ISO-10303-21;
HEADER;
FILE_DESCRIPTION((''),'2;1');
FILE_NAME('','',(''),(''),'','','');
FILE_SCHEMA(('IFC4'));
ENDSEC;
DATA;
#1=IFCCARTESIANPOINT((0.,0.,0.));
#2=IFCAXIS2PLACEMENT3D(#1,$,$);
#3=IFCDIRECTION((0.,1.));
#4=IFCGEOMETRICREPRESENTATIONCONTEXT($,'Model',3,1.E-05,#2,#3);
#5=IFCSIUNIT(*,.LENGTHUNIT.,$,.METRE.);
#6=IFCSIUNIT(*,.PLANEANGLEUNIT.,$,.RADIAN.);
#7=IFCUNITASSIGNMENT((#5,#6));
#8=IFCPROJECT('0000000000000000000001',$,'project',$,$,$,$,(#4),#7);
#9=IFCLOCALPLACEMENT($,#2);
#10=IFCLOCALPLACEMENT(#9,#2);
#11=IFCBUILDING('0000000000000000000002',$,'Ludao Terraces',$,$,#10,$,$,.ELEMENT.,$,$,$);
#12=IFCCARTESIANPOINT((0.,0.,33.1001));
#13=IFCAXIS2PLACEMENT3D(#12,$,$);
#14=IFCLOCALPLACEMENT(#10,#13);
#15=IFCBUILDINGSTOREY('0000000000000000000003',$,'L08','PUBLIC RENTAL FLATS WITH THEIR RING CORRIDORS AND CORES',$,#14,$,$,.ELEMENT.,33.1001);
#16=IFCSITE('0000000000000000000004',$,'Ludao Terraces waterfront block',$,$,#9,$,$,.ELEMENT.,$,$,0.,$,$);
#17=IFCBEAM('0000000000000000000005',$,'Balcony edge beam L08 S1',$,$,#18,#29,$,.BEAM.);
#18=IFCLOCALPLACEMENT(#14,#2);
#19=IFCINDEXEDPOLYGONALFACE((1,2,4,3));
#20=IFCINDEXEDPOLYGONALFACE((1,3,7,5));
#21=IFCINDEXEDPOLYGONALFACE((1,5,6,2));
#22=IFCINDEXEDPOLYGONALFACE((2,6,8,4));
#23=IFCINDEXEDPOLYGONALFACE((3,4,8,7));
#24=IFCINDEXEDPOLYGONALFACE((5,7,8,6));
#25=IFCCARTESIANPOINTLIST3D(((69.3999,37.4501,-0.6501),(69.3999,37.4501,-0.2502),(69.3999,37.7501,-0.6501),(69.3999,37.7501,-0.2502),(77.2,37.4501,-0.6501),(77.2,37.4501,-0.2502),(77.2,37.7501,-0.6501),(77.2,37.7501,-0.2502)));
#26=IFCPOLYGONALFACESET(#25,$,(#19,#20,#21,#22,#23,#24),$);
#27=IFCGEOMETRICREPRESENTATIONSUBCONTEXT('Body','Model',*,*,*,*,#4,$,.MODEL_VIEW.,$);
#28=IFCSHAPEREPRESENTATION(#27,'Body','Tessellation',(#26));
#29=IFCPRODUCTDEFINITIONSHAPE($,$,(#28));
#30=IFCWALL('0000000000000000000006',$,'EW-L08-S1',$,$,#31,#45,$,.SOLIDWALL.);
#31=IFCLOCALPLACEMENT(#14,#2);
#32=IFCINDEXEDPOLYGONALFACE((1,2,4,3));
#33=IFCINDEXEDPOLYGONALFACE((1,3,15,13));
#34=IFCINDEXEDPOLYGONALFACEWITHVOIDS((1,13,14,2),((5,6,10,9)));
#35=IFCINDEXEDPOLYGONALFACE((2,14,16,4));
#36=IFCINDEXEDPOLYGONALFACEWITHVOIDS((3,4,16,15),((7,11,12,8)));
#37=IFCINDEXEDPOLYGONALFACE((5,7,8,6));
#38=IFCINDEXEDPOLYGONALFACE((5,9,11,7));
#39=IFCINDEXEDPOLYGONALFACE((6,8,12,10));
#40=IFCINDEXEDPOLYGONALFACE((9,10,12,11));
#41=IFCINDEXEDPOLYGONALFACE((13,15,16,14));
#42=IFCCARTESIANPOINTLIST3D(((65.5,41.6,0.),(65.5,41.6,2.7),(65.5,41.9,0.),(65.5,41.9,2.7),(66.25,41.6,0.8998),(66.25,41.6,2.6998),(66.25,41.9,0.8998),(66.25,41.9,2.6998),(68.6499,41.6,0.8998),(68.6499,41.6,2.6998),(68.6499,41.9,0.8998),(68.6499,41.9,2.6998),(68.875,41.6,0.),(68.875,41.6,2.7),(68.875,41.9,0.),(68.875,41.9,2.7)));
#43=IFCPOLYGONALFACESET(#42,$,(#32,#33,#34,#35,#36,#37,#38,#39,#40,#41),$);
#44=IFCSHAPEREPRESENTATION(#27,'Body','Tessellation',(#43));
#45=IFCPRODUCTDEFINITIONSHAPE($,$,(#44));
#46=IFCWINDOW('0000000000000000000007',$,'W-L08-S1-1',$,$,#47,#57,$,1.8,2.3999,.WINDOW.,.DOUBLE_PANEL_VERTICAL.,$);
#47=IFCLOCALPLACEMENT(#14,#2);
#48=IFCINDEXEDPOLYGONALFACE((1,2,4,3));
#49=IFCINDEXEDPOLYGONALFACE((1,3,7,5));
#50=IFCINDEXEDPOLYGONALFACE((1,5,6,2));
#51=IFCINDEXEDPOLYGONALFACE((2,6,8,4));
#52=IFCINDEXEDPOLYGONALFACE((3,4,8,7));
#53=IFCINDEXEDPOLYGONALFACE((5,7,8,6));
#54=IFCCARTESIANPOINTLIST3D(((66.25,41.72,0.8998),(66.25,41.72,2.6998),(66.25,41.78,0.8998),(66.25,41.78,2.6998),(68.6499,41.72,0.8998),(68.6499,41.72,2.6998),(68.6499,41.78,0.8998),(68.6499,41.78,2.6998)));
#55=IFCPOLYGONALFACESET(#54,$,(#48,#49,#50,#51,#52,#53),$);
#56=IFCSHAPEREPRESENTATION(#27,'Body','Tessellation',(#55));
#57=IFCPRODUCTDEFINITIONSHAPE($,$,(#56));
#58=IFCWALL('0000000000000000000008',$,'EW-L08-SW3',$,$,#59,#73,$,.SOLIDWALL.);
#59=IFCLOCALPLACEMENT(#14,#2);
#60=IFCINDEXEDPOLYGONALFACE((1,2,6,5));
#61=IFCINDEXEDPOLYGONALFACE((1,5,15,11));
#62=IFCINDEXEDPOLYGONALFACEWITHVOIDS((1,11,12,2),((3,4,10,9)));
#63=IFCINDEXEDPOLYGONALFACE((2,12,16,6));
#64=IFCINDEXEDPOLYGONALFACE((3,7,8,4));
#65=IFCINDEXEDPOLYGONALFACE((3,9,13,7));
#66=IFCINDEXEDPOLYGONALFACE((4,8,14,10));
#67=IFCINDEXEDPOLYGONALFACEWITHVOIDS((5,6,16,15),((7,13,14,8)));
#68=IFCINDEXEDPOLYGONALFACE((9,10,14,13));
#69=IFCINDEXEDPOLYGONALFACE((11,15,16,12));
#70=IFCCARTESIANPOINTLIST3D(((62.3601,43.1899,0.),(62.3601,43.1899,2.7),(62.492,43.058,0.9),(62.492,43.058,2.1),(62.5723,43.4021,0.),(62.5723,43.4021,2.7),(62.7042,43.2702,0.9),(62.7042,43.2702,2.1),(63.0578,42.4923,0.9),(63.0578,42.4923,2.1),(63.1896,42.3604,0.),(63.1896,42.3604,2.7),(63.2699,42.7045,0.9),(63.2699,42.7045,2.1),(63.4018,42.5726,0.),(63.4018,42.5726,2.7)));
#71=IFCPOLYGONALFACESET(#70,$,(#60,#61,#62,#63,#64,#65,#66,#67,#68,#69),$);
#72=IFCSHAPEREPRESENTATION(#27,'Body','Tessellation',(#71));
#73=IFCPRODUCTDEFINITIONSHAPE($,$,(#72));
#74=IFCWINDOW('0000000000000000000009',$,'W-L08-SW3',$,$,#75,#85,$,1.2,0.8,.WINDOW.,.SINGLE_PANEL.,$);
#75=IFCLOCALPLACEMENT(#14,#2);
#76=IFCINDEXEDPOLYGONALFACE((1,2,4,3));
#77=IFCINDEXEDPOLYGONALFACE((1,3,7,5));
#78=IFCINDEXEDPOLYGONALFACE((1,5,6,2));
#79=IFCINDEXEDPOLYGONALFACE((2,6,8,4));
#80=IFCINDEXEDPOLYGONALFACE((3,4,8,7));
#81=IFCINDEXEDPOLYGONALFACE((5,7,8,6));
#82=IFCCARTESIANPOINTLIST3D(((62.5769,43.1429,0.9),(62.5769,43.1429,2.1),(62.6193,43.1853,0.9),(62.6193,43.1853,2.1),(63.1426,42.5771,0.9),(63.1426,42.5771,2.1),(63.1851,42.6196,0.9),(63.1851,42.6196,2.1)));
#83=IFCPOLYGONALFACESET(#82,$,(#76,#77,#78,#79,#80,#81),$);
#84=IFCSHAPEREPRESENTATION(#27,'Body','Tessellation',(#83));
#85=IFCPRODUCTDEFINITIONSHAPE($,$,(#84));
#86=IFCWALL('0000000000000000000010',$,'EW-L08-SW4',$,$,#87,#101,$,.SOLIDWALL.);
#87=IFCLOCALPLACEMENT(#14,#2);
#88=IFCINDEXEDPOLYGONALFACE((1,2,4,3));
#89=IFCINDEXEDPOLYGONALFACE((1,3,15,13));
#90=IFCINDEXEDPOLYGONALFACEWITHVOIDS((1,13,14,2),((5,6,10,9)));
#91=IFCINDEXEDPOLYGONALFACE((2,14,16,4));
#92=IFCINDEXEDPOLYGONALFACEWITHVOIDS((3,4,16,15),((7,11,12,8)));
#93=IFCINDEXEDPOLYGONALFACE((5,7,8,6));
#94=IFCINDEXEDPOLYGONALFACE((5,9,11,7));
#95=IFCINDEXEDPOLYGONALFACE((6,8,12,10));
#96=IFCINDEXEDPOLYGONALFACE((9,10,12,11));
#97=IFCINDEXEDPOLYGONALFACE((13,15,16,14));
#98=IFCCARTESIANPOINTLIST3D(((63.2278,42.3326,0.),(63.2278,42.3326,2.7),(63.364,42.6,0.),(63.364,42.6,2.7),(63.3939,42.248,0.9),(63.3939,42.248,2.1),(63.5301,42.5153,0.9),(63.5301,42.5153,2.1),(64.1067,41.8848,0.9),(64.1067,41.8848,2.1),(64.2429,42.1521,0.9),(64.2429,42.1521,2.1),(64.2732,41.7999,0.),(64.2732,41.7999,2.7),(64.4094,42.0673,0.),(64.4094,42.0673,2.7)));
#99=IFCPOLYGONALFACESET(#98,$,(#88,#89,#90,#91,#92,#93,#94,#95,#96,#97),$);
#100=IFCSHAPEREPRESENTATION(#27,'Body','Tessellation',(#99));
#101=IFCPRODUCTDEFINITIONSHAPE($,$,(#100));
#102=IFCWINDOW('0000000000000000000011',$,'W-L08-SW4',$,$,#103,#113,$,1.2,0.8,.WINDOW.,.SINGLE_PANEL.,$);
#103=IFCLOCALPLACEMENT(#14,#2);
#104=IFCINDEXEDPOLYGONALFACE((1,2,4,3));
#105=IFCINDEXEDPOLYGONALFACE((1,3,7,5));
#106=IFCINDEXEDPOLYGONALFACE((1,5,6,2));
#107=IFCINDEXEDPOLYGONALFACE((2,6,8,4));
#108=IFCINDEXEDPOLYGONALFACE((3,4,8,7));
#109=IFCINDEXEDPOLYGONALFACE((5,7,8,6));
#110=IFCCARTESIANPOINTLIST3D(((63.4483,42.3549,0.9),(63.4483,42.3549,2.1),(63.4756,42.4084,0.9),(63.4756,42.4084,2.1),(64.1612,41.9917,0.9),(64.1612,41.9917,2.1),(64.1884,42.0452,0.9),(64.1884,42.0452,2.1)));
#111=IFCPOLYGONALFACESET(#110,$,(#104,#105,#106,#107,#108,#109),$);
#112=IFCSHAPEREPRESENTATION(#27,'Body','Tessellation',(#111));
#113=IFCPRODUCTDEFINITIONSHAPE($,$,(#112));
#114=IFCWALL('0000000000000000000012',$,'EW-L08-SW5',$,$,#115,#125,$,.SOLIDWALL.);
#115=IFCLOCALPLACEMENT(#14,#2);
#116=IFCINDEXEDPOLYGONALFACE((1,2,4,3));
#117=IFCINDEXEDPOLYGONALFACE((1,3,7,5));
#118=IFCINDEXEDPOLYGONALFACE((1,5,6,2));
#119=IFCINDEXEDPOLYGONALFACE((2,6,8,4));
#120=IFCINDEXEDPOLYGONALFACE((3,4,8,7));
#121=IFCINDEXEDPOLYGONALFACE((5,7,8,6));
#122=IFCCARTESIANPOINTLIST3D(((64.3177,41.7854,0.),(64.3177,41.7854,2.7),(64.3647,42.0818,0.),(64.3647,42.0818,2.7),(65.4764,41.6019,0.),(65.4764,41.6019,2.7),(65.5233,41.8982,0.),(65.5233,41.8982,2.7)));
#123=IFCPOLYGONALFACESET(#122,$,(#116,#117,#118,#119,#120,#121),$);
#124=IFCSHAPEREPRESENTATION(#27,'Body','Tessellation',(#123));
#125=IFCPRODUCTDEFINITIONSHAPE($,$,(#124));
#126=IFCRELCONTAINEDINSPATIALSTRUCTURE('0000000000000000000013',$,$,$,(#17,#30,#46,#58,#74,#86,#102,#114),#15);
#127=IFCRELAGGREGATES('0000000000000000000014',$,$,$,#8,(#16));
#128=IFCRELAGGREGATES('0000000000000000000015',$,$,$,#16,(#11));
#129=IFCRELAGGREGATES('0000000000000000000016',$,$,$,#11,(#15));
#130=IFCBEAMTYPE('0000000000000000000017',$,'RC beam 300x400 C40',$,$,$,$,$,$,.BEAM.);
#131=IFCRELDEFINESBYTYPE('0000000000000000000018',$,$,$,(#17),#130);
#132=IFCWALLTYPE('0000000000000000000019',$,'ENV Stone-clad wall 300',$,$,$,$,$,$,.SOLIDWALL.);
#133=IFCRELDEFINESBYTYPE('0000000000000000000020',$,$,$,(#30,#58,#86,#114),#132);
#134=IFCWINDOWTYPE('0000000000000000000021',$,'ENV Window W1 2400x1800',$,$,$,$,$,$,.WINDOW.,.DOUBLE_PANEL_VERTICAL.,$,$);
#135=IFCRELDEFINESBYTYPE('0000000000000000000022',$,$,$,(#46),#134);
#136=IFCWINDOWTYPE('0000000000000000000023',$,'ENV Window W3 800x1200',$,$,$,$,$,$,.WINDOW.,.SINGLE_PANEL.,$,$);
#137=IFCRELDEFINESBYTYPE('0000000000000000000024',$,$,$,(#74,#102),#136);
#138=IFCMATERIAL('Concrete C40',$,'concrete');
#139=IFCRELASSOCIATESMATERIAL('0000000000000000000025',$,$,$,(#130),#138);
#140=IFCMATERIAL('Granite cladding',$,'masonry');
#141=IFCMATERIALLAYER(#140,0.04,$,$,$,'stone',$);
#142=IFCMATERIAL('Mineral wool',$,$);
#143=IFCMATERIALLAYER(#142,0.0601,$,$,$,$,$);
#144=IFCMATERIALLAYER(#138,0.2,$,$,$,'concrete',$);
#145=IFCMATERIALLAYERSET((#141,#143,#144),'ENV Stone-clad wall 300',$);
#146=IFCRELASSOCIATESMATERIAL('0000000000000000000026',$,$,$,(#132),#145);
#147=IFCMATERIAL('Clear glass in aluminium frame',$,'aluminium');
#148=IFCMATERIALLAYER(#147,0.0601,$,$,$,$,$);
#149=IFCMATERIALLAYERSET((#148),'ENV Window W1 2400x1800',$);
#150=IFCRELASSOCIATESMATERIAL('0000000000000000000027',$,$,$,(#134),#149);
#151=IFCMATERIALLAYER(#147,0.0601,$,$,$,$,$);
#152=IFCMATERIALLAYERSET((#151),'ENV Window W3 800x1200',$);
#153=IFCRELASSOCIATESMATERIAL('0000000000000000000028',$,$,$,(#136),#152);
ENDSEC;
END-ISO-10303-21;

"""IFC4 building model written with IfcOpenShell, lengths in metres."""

from ifc_helpers import new_model, si_unit, direction, frame, frame_2d, origin, origin_2d, place, context, subcontext, project, spatial, rectangle, extrude, material, layer, layer_set, material_profile, profile_set, type_object, element, fill, save


model = new_model("IFC4")

# Units and contexts
model_context = context("Model", 3, precision=1e-05, world=origin(), true_north=direction((0.0, 1.0)))
body_context = subcontext(model_context, "Body", "Model", "MODEL_VIEW")
ifc_project = project(units=[si_unit("LENGTHUNIT", "METRE"), si_unit("PLANEANGLEUNIT", "RADIAN")], contexts=[model_context])

# Site, building, storey
site_placement = place(None, origin())
site = spatial("IfcSite", under=ifc_project, at=site_placement, Name="Ludao Terraces waterfront block", CompositionType="ELEMENT", RefElevation=0.0)
building_placement = place(site_placement, origin())
building = spatial("IfcBuilding", under=site, at=building_placement, Name="Ludao Terraces", CompositionType="ELEMENT")
storey_placement = place(building_placement, frame((0.0, 0.0, 33.1001)))
storey = spatial("IfcBuildingStorey", under=building, at=storey_placement, Name="L08", Description="PUBLIC RENTAL FLATS WITH THEIR RING CORRIDORS AND CORES", CompositionType="ELEMENT", Elevation=33.1001)

# Beam
ifc_material_1 = material(Name="Concrete C40", Category="concrete")
ifc_material_profile = material_profile(ifc_material_1, rectangle(XDim=0.3, YDim=0.3999, at=origin_2d()), Name="300 X 400")
ifc_profile_set = profile_set([ifc_material_profile], Name="Concrete C40")
beam_type = type_object("IfcBeamType", Name="RC beam 300x400 C40", PredefinedType="BEAM", material=ifc_profile_set)
beam_placement = place(storey_placement, frame((69.3999, 37.6001, -0.4502), z_axis=(1.0, 0.0, 0.0), x_axis=(0.0, 1.0, 0.0)))
element("IfcBeam", 1, at=beam_placement, inside=storey, type_object=beam_type, Name="Balcony edge beam L08 S1", PredefinedType="BEAM", context=body_context, shape_type="SweptSolid", body=[
    extrude(rectangle(XDim=0.3, YDim=0.3999, at=origin_2d()), origin(), (0.0, 0.0, 1.0), 7.8),
])

# Walls, openings, windows
ifc_material_2 = material(Name="Granite cladding", Category="masonry")
ifc_layer_1 = layer(ifc_material_2, 0.04, Category="stone")
ifc_material_3 = material(Name="Mineral wool")
ifc_layer_2 = layer(ifc_material_3, 0.0601)
ifc_layer_3 = layer(ifc_material_1, 0.2, Category="concrete")
ifc_layer_set_1 = layer_set([ifc_layer_1, ifc_layer_2, ifc_layer_3], Name="ENV Stone-clad wall 300")
wall_type_1 = type_object("IfcWallType", Name="ENV Stone-clad wall 300", PredefinedType="SOLIDWALL", material=ifc_layer_set_1)
wall_1_placement = place(storey_placement, frame((65.5, 41.75, 0.0), z_axis=(0.0, 0.0, 1.0), x_axis=(1.0, 0.0, 0.0)))
wall_1 = element("IfcWall", 2, at=wall_1_placement, inside=storey, type_object=wall_type_1, Name="EW-L08-S1", PredefinedType="SOLIDWALL", context=body_context, shape_type="SweptSolid", body=[
    extrude(rectangle(XDim=3.375, YDim=0.3, at=frame_2d((1.6875, 0.0))), origin(), (0.0, 0.0, 1.0), 2.7),
])
opening_1_placement = place(wall_1_placement, frame((0.75, 0.0, 0.8999)))
opening_1 = element("IfcOpeningElement", 3, at=opening_1_placement, cuts=wall_1, PredefinedType="OPENING", context=body_context, shape_type="SweptSolid", body=[
    extrude(rectangle(XDim=2.3999, YDim=1.8, at=frame_2d((1.2, 0.8999))), frame((0.0, 0.1602, 0.0), z_axis=(0.0, -1.0, 0.0), x_axis=(1.0, 0.0, 0.0)), (0.0, 0.0, 1.0), 0.3201),
])
ifc_material_4 = material(Name="Clear glass in aluminium frame", Category="aluminium")
ifc_layer_4 = layer(ifc_material_4, 0.0601)
ifc_layer_set_2 = layer_set([ifc_layer_4], Name="ENV Window W1 2400x1800")
window_type_1 = type_object("IfcWindowType", Name="ENV Window W1 2400x1800", PartitioningType="DOUBLE_PANEL_VERTICAL", PredefinedType="WINDOW", material=ifc_layer_set_2)
window_1_placement = place(opening_1_placement, origin())
window_1 = element("IfcWindow", 4, at=window_1_placement, inside=storey, type_object=window_type_1, Name="W-L08-S1-1", OverallHeight=1.8, OverallWidth=2.3999, PartitioningType="DOUBLE_PANEL_VERTICAL", PredefinedType="WINDOW", context=body_context, shape_type="SweptSolid", body=[
    extrude(rectangle(XDim=2.3999, YDim=1.8, at=frame_2d((1.2, 0.8999))), frame((0.0, 0.03, 0.0), z_axis=(0.0, -1.0, 0.0), x_axis=(1.0, 0.0, 0.0)), (0.0, 0.0, 1.0), 0.0601),
])
fill(opening_1, window_1)
wall_2_placement = place(storey_placement, frame((62.4663, 43.2959, 0.0), z_axis=(0.0, 0.0, 1.0), x_axis=(0.707107, -0.707107, 0.0)))
wall_2 = element("IfcWall", 5, at=wall_2_placement, inside=storey, type_object=wall_type_1, Name="EW-L08-SW3", PredefinedType="SOLIDWALL", context=body_context, shape_type="SweptSolid", body=[
    extrude(rectangle(XDim=1.1731, YDim=0.3, at=frame_2d((0.5864, 0.0))), origin(), (0.0, 0.0, 1.0), 2.7),
])
opening_2_placement = place(wall_2_placement, frame((0.1865, 0.0, 0.8999)))
opening_2 = element("IfcOpeningElement", 6, at=opening_2_placement, cuts=wall_2, PredefinedType="OPENING", context=body_context, shape_type="SweptSolid", body=[
    extrude(rectangle(XDim=0.8, YDim=1.2, at=frame_2d((0.3999, 0.6001))), frame((0.0, 0.1602, 0.0), z_axis=(0.0, -1.0, 0.0), x_axis=(1.0, 0.0, 0.0)), (0.0, 0.0, 1.0), 0.3201),
])
ifc_layer_5 = layer(ifc_material_4, 0.0601)
ifc_layer_set_3 = layer_set([ifc_layer_5], Name="ENV Window W3 800x1200")
window_type_2 = type_object("IfcWindowType", Name="ENV Window W3 800x1200", PartitioningType="SINGLE_PANEL", PredefinedType="WINDOW", material=ifc_layer_set_3)
window_2_placement = place(opening_2_placement, origin())
window_2 = element("IfcWindow", 7, at=window_2_placement, inside=storey, type_object=window_type_2, Name="W-L08-SW3", OverallHeight=1.2, OverallWidth=0.8, PartitioningType="SINGLE_PANEL", PredefinedType="WINDOW", context=body_context, shape_type="SweptSolid", body=[
    extrude(rectangle(XDim=0.8, YDim=1.2, at=frame_2d((0.3999, 0.6001))), frame((0.0, 0.03, 0.0), z_axis=(0.0, -1.0, 0.0), x_axis=(1.0, 0.0, 0.0)), (0.0, 0.0, 1.0), 0.0601),
])
fill(opening_2, window_2)
wall_3_placement = place(storey_placement, frame((63.2959, 42.4663, 0.0), z_axis=(0.0, 0.0, 1.0), x_axis=(0.890989, -0.454026, 0.0)))
wall_3 = element("IfcWall", 8, at=wall_3_placement, inside=storey, type_object=wall_type_1, Name="EW-L08-SW4", PredefinedType="SOLIDWALL", context=body_context, shape_type="SweptSolid", body=[
    extrude(rectangle(XDim=1.1733, YDim=0.3, at=frame_2d((0.5867, 0.0))), origin(), (0.0, 0.0, 1.0), 2.7),
])
opening_3_placement = place(wall_3_placement, frame((0.1865, 0.0, 0.8999)))
opening_3 = element("IfcOpeningElement", 9, at=opening_3_placement, cuts=wall_3, PredefinedType="OPENING", context=body_context, shape_type="SweptSolid", body=[
    extrude(rectangle(XDim=0.8, YDim=1.2, at=frame_2d((0.3999, 0.6001))), frame((0.0, 0.1602, 0.0), z_axis=(0.0, -1.0, 0.0), x_axis=(1.0, 0.0, 0.0)), (0.0, 0.0, 1.0), 0.3201),
])
window_3_placement = place(opening_3_placement, origin())
window_3 = element("IfcWindow", 10, at=window_3_placement, inside=storey, type_object=window_type_2, Name="W-L08-SW4", OverallHeight=1.2, OverallWidth=0.8, PartitioningType="SINGLE_PANEL", PredefinedType="WINDOW", context=body_context, shape_type="SweptSolid", body=[
    extrude(rectangle(XDim=0.8, YDim=1.2, at=frame_2d((0.3999, 0.6001))), frame((0.0, 0.03, 0.0), z_axis=(0.0, -1.0, 0.0), x_axis=(1.0, 0.0, 0.0)), (0.0, 0.0, 1.0), 0.0601),
])
fill(opening_3, window_3)

# Wall
wall_4_placement = place(storey_placement, frame((64.3413, 41.9336, 0.0), z_axis=(0.0, 0.0, 1.0), x_axis=(0.987678, -0.156497, 0.0)))
element("IfcWall", 11, at=wall_4_placement, inside=storey, type_object=wall_type_1, Name="EW-L08-SW5", PredefinedType="SOLIDWALL", context=body_context, shape_type="SweptSolid", body=[
    extrude(rectangle(XDim=1.1731, YDim=0.3, at=frame_2d((0.5864, 0.0))), origin(), (0.0, 0.0, 1.0), 2.7),
])

save(model, "model.ifc")
